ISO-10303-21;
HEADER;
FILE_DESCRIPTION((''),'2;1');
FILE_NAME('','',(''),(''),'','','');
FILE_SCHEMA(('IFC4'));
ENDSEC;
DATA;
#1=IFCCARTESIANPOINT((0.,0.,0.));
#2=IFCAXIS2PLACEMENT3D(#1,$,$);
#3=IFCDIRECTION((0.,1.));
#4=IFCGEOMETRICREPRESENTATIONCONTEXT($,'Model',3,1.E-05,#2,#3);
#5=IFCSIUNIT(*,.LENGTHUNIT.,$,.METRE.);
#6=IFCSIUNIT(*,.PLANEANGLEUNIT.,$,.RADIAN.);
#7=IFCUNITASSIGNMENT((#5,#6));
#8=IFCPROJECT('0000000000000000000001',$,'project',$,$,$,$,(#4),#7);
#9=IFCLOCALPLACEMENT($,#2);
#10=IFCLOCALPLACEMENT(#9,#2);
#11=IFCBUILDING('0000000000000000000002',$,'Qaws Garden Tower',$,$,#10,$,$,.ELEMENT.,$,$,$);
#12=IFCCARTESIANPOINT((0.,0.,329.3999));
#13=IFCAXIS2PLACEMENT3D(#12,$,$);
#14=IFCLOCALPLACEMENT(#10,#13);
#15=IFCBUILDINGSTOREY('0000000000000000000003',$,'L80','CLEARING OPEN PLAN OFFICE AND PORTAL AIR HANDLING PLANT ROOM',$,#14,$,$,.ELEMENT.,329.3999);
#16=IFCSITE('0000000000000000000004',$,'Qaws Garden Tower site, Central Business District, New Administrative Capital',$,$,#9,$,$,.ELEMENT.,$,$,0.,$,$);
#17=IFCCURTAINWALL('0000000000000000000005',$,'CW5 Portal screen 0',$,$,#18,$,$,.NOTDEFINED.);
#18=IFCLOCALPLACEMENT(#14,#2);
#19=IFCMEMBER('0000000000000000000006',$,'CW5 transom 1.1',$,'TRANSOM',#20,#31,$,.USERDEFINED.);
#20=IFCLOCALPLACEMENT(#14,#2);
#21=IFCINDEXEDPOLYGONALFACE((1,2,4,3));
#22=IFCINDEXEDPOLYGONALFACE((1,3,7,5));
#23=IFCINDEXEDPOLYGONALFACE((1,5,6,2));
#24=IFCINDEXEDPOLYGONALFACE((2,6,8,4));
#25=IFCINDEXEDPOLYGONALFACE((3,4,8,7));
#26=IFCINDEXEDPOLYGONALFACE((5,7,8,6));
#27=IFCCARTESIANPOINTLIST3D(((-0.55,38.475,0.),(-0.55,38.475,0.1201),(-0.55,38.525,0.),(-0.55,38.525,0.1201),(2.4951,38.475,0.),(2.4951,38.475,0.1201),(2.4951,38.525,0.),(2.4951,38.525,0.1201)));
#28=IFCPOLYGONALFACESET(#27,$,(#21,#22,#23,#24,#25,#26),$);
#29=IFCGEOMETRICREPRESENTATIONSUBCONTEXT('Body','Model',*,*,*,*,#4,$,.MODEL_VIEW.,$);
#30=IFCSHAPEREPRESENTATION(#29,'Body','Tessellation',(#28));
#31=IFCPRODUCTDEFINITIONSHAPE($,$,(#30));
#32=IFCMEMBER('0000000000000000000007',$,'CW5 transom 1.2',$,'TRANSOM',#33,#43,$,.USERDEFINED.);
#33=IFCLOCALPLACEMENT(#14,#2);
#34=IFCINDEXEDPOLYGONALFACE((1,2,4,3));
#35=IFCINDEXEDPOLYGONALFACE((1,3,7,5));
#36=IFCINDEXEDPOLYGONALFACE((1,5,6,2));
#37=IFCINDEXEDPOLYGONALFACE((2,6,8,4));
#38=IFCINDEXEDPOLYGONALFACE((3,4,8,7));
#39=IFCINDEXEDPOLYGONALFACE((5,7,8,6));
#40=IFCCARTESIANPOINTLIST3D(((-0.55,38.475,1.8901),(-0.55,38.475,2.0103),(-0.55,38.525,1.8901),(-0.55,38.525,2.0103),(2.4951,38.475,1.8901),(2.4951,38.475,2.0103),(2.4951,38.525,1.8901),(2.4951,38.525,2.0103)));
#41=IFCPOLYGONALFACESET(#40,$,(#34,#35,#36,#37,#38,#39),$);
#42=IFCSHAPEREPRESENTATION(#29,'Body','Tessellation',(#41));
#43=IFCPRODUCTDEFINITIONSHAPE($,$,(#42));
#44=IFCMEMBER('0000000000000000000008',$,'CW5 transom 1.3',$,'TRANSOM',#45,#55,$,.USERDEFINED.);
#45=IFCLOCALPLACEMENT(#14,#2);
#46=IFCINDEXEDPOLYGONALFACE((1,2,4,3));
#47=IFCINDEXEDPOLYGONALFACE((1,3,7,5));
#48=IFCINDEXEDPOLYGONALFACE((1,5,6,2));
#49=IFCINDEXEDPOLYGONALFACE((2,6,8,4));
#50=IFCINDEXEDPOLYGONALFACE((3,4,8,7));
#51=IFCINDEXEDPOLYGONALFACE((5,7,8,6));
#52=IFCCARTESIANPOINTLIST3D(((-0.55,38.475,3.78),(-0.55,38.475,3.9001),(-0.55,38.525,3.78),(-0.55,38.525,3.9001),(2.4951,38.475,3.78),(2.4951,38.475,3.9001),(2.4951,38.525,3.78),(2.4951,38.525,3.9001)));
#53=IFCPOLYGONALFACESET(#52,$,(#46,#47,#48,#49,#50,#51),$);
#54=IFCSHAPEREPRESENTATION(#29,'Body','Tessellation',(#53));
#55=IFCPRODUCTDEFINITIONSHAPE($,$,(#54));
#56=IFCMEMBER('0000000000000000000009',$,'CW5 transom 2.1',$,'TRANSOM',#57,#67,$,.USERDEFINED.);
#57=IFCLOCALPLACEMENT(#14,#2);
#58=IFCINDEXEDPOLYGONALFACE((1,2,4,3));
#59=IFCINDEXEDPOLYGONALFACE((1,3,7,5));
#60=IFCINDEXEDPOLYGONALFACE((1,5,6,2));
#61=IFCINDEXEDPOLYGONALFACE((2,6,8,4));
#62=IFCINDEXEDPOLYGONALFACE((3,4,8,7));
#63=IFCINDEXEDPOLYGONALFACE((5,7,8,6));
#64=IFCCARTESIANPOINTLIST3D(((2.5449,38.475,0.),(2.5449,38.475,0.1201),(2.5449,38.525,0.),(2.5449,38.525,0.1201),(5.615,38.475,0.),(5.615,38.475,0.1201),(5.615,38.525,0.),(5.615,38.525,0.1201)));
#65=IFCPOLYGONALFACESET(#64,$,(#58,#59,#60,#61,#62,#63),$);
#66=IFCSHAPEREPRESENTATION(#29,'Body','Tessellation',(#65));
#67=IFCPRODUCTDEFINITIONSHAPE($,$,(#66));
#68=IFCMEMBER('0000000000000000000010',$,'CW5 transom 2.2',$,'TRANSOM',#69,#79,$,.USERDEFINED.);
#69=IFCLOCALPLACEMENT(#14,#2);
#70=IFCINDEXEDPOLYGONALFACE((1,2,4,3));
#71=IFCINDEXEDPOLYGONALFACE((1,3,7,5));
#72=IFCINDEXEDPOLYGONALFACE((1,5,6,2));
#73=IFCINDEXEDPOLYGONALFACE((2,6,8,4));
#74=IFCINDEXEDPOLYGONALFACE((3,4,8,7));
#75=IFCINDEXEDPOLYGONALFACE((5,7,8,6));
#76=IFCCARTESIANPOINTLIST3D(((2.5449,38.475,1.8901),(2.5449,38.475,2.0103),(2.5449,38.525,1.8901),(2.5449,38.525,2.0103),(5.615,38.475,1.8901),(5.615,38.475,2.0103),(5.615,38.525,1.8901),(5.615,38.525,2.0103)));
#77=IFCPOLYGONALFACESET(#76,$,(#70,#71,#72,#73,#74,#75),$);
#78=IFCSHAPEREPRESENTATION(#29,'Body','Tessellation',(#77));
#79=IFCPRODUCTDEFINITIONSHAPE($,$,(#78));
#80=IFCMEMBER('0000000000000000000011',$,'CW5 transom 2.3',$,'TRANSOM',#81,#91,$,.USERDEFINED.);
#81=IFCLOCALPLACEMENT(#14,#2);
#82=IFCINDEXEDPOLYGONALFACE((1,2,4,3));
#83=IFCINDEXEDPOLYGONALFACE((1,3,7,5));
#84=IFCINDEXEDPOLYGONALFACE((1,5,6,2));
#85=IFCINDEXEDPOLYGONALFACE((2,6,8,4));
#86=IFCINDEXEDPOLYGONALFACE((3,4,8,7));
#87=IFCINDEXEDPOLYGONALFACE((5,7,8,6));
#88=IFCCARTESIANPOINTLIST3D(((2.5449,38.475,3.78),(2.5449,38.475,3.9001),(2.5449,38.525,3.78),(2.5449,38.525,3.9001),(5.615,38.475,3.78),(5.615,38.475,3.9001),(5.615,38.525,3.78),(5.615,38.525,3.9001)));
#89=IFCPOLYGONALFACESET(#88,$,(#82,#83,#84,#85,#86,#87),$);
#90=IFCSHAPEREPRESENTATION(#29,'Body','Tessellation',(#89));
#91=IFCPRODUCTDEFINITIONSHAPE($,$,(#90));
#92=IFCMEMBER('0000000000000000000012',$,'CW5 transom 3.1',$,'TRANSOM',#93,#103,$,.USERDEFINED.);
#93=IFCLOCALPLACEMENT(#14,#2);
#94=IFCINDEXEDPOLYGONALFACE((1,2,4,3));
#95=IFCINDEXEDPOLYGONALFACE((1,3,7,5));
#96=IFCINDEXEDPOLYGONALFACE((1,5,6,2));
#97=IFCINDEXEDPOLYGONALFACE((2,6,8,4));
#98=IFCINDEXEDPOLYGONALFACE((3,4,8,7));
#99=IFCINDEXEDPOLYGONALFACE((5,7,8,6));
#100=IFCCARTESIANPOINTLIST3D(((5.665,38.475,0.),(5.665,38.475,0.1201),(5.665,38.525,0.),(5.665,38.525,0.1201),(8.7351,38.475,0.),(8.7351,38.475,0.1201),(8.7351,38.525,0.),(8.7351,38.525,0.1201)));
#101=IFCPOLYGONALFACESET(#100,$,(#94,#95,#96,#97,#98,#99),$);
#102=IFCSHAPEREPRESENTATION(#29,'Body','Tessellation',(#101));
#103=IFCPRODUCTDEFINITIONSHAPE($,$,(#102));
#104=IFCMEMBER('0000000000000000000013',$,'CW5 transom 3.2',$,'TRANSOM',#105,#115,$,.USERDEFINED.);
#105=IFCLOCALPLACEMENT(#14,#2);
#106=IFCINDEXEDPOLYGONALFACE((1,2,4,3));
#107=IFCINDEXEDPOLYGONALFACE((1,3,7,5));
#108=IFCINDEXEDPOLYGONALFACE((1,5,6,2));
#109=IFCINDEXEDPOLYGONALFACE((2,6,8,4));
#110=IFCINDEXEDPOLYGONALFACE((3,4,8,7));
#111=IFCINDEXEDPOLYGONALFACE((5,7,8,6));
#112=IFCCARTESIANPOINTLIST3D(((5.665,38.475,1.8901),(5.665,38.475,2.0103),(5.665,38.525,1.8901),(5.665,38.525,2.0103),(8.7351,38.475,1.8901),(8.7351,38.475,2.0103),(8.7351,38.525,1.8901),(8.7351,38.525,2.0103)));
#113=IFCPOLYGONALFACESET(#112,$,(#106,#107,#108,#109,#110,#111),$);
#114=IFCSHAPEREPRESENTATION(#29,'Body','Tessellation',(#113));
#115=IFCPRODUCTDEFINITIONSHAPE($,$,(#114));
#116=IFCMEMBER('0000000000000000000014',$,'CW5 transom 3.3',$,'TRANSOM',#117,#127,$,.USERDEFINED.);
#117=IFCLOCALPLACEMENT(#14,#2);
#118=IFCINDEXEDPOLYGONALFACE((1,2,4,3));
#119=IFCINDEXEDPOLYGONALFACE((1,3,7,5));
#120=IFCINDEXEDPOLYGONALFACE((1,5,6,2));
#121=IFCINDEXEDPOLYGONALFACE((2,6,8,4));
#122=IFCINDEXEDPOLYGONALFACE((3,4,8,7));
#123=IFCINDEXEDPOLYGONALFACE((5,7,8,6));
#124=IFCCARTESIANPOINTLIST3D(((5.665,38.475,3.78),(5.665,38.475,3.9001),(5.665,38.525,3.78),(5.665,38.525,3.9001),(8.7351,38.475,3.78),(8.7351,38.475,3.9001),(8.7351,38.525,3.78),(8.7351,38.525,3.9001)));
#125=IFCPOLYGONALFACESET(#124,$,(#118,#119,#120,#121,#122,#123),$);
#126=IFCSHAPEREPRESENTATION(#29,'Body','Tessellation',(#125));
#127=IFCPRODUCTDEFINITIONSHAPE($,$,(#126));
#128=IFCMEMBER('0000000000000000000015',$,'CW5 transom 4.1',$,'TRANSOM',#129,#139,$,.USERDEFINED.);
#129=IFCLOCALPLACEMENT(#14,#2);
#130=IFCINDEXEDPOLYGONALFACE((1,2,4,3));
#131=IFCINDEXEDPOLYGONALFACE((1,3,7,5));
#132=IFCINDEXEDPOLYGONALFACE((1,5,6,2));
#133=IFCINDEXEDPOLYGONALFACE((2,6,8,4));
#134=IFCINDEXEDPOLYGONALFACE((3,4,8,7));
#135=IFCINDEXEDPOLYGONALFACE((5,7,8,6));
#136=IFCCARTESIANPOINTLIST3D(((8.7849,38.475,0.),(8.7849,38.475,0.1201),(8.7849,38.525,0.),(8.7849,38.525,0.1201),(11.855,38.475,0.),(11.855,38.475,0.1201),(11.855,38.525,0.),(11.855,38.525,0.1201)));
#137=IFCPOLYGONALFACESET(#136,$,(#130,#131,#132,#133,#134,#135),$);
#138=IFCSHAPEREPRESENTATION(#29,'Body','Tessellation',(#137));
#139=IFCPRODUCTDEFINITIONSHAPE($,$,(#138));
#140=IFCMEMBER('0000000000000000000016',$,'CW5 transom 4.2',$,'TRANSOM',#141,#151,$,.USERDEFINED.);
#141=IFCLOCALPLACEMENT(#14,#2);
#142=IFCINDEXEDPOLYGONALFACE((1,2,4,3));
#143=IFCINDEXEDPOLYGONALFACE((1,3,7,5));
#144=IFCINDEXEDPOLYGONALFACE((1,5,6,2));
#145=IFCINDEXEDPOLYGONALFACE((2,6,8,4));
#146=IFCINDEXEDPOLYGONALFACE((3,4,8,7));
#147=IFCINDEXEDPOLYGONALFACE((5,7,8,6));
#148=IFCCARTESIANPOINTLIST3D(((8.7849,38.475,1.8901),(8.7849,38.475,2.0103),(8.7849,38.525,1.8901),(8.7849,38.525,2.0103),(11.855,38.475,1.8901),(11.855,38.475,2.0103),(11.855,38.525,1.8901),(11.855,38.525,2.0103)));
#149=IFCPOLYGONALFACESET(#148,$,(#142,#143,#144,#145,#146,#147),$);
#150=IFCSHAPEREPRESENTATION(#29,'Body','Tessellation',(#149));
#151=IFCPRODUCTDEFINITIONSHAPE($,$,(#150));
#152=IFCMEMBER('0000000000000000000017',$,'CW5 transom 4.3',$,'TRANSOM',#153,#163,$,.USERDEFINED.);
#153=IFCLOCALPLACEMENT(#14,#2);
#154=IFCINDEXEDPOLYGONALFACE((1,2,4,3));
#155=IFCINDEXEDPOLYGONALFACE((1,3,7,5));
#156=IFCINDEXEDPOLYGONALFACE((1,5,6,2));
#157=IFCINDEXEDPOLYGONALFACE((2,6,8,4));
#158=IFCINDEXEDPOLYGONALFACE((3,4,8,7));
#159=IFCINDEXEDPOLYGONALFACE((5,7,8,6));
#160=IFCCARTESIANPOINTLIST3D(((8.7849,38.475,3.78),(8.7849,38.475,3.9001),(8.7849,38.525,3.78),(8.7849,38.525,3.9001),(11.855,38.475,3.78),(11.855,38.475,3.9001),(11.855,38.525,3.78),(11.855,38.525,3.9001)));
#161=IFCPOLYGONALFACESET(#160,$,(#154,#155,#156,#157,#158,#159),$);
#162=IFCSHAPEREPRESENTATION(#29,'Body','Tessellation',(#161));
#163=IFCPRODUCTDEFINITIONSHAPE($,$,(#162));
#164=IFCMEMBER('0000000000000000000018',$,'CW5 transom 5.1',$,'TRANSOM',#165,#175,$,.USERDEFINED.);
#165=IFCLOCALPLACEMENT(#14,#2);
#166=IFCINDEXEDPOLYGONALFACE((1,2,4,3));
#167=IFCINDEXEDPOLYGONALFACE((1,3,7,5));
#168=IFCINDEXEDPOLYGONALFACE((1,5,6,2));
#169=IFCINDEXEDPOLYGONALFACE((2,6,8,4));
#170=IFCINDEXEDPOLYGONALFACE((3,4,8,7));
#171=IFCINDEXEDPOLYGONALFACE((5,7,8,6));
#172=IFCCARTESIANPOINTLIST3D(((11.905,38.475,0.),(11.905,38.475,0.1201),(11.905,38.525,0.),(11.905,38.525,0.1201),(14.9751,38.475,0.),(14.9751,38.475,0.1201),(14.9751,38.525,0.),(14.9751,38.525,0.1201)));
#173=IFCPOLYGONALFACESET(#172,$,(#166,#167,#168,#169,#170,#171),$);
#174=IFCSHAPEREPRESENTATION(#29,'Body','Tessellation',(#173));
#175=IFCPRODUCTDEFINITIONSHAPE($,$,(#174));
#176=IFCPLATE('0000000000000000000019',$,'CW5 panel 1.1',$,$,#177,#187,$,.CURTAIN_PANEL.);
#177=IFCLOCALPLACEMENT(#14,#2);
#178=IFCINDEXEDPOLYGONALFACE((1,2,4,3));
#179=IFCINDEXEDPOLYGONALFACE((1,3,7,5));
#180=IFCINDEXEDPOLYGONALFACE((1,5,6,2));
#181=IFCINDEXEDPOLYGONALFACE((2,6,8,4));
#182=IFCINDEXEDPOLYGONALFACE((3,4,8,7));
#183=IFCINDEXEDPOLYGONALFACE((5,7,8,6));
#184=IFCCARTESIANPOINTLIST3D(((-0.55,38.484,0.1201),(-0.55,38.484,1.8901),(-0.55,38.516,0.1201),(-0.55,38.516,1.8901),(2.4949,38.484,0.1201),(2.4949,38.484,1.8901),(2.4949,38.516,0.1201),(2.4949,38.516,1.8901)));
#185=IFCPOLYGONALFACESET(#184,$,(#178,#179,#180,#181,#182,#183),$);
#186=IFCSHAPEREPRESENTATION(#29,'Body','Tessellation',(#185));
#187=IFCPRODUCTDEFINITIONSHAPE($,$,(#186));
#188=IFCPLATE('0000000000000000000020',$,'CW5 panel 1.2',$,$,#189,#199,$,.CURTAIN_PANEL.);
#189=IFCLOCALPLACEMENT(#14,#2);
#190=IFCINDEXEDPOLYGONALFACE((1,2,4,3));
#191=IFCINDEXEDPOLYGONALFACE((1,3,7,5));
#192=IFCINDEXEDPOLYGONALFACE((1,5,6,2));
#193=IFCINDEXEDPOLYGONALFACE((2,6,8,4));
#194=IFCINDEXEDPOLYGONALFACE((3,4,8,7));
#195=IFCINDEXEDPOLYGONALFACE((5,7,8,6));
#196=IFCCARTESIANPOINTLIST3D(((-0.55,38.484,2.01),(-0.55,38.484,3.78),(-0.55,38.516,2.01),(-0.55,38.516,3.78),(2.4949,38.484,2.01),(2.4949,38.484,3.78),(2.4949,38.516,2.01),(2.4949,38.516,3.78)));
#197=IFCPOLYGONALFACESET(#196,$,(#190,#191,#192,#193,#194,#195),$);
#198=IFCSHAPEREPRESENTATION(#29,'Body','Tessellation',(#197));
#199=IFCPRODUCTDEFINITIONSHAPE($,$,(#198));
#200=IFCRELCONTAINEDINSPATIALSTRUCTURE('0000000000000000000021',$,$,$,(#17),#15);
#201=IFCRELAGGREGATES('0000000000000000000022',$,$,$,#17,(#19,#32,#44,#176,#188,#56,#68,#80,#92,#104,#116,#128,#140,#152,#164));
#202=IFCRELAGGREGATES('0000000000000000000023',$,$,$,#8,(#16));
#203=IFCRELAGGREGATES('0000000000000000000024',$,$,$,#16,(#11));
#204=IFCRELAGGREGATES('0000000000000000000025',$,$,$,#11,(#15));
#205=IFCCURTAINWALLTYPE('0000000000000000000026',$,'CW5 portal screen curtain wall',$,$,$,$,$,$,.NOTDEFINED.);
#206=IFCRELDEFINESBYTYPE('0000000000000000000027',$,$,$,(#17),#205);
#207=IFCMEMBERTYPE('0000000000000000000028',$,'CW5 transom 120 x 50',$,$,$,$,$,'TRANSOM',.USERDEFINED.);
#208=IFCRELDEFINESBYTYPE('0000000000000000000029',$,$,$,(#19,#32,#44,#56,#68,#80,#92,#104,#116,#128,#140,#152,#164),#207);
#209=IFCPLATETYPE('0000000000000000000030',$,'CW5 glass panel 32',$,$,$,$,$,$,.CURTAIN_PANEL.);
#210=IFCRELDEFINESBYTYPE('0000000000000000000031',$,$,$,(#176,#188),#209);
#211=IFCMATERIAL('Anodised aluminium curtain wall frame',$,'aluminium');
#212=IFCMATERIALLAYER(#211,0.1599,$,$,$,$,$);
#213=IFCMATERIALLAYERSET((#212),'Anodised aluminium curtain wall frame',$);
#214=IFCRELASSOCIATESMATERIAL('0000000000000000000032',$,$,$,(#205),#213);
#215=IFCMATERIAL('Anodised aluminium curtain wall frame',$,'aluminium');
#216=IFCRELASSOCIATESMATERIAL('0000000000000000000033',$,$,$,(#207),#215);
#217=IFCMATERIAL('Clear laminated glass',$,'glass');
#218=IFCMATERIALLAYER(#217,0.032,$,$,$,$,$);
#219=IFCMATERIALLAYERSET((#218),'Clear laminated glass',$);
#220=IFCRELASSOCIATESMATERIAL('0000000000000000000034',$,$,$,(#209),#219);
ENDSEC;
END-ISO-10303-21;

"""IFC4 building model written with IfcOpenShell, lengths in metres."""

from ifc_helpers import new_model, si_unit, direction, frame, origin, origin_2d, place, context, subcontext, project, spatial, rectangle, extrude, material, layer, layer_set, material_profile, profile_set, type_object, element, aggregate, save


model = new_model("IFC4")

# Units and contexts
model_context = context("Model", 3, precision=1e-05, world=origin(), true_north=direction((0.0, 1.0)))
body_context = subcontext(model_context, "Body", "Model", "MODEL_VIEW")
ifc_project = project(units=[si_unit("LENGTHUNIT", "METRE"), si_unit("PLANEANGLEUNIT", "RADIAN")], contexts=[model_context])

# Site, building, storey
site_placement = place(None, origin())
site = spatial("IfcSite", under=ifc_project, at=site_placement, Name="Qaws Garden Tower site, Central Business District, New Administrative Capital", CompositionType="ELEMENT", RefElevation=0.0)
building_placement = place(site_placement, origin())
building = spatial("IfcBuilding", under=site, at=building_placement, Name="Qaws Garden Tower", CompositionType="ELEMENT")
storey_placement = place(building_placement, frame((0.0, 0.0, 329.3999)))
storey = spatial("IfcBuildingStorey", under=building, at=storey_placement, Name="L80", Description="CLEARING OPEN PLAN OFFICE AND PORTAL AIR HANDLING PLANT ROOM", CompositionType="ELEMENT", Elevation=329.3999)

# Curtain wall, members, plates
ifc_material_1 = material(Name="Anodised aluminium curtain wall frame", Category="aluminium")
ifc_layer_1 = layer(ifc_material_1, 0.1599)
ifc_layer_set_1 = layer_set([ifc_layer_1], Name="Anodised aluminium curtain wall frame")
curtain_wall_type = type_object("IfcCurtainWallType", Name="CW5 portal screen curtain wall", PredefinedType="NOTDEFINED", material=ifc_layer_set_1)
curtain_wall_placement = place(storey_placement, origin())
curtain_wall = element("IfcCurtainWall", 1, at=curtain_wall_placement, inside=storey, type_object=curtain_wall_type, Name="CW5 Portal screen 0", PredefinedType="NOTDEFINED")
ifc_material_2 = material(Name="Anodised aluminium curtain wall frame", Category="aluminium")
ifc_material_profile = material_profile(ifc_material_2, rectangle(XDim=0.05, YDim=0.1201, at=origin_2d()), Name="AL 50x120")
ifc_profile_set = profile_set([ifc_material_profile], Name="Anodised aluminium curtain wall frame")
member_type = type_object("IfcMemberType", Name="CW5 transom 120 x 50", ElementType="TRANSOM", PredefinedType="USERDEFINED", material=ifc_profile_set)
member_1_placement = place(storey_placement, frame((-0.55, 38.5, 0.0601), z_axis=(1.0, 0.0, 0.0), x_axis=(0.0, 1.0, 0.0)))
member_1 = element("IfcMember", 2, at=member_1_placement, type_object=member_type, Name="CW5 transom 1.1", ObjectType="TRANSOM", PredefinedType="USERDEFINED", context=body_context, shape_type="SweptSolid", body=[
    extrude(rectangle(XDim=0.05, YDim=0.1201, at=origin_2d()), origin(), (0.0, 0.0, 1.0), 3.0452),
])
member_2_placement = place(storey_placement, frame((-0.55, 38.5, 1.9502), z_axis=(1.0, 0.0, 0.0), x_axis=(0.0, 1.0, 0.0)))
member_2 = element("IfcMember", 3, at=member_2_placement, type_object=member_type, Name="CW5 transom 1.2", ObjectType="TRANSOM", PredefinedType="USERDEFINED", context=body_context, shape_type="SweptSolid", body=[
    extrude(rectangle(XDim=0.05, YDim=0.1201, at=origin_2d()), origin(), (0.0, 0.0, 1.0), 3.0452),
])
member_3_placement = place(storey_placement, frame((-0.55, 38.5, 3.8401), z_axis=(1.0, 0.0, 0.0), x_axis=(0.0, 1.0, 0.0)))
member_3 = element("IfcMember", 4, at=member_3_placement, type_object=member_type, Name="CW5 transom 1.3", ObjectType="TRANSOM", PredefinedType="USERDEFINED", context=body_context, shape_type="SweptSolid", body=[
    extrude(rectangle(XDim=0.05, YDim=0.1201, at=origin_2d()), origin(), (0.0, 0.0, 1.0), 3.0452),
])
member_4_placement = place(storey_placement, frame((2.5449, 38.5, 0.0601), z_axis=(1.0, 0.0, 0.0), x_axis=(0.0, 1.0, 0.0)))
member_4 = element("IfcMember", 5, at=member_4_placement, type_object=member_type, Name="CW5 transom 2.1", ObjectType="TRANSOM", PredefinedType="USERDEFINED", context=body_context, shape_type="SweptSolid", body=[
    extrude(rectangle(XDim=0.05, YDim=0.1201, at=origin_2d()), origin(), (0.0, 0.0, 1.0), 3.0701),
])
member_5_placement = place(storey_placement, frame((2.5449, 38.5, 1.9502), z_axis=(1.0, 0.0, 0.0), x_axis=(0.0, 1.0, 0.0)))
member_5 = element("IfcMember", 6, at=member_5_placement, type_object=member_type, Name="CW5 transom 2.2", ObjectType="TRANSOM", PredefinedType="USERDEFINED", context=body_context, shape_type="SweptSolid", body=[
    extrude(rectangle(XDim=0.05, YDim=0.1201, at=origin_2d()), origin(), (0.0, 0.0, 1.0), 3.0701),
])
member_6_placement = place(storey_placement, frame((2.5449, 38.5, 3.8401), z_axis=(1.0, 0.0, 0.0), x_axis=(0.0, 1.0, 0.0)))
member_6 = element("IfcMember", 7, at=member_6_placement, type_object=member_type, Name="CW5 transom 2.3", ObjectType="TRANSOM", PredefinedType="USERDEFINED", context=body_context, shape_type="SweptSolid", body=[
    extrude(rectangle(XDim=0.05, YDim=0.1201, at=origin_2d()), origin(), (0.0, 0.0, 1.0), 3.0701),
])
member_7_placement = place(storey_placement, frame((5.665, 38.5, 0.0601), z_axis=(1.0, 0.0, 0.0), x_axis=(0.0, 1.0, 0.0)))
member_7 = element("IfcMember", 8, at=member_7_placement, type_object=member_type, Name="CW5 transom 3.1", ObjectType="TRANSOM", PredefinedType="USERDEFINED", context=body_context, shape_type="SweptSolid", body=[
    extrude(rectangle(XDim=0.05, YDim=0.1201, at=origin_2d()), origin(), (0.0, 0.0, 1.0), 3.0701),
])
member_8_placement = place(storey_placement, frame((5.665, 38.5, 1.9502), z_axis=(1.0, 0.0, 0.0), x_axis=(0.0, 1.0, 0.0)))
member_8 = element("IfcMember", 9, at=member_8_placement, type_object=member_type, Name="CW5 transom 3.2", ObjectType="TRANSOM", PredefinedType="USERDEFINED", context=body_context, shape_type="SweptSolid", body=[
    extrude(rectangle(XDim=0.05, YDim=0.1201, at=origin_2d()), origin(), (0.0, 0.0, 1.0), 3.0701),
])
member_9_placement = place(storey_placement, frame((5.665, 38.5, 3.8401), z_axis=(1.0, 0.0, 0.0), x_axis=(0.0, 1.0, 0.0)))
member_9 = element("IfcMember", 10, at=member_9_placement, type_object=member_type, Name="CW5 transom 3.3", ObjectType="TRANSOM", PredefinedType="USERDEFINED", context=body_context, shape_type="SweptSolid", body=[
    extrude(rectangle(XDim=0.05, YDim=0.1201, at=origin_2d()), origin(), (0.0, 0.0, 1.0), 3.0701),
])
member_10_placement = place(storey_placement, frame((8.7849, 38.5, 0.0601), z_axis=(1.0, 0.0, 0.0), x_axis=(0.0, 1.0, 0.0)))
member_10 = element("IfcMember", 11, at=member_10_placement, type_object=member_type, Name="CW5 transom 4.1", ObjectType="TRANSOM", PredefinedType="USERDEFINED", context=body_context, shape_type="SweptSolid", body=[
    extrude(rectangle(XDim=0.05, YDim=0.1201, at=origin_2d()), origin(), (0.0, 0.0, 1.0), 3.0701),
])
member_11_placement = place(storey_placement, frame((8.7849, 38.5, 1.9502), z_axis=(1.0, 0.0, 0.0), x_axis=(0.0, 1.0, 0.0)))
member_11 = element("IfcMember", 12, at=member_11_placement, type_object=member_type, Name="CW5 transom 4.2", ObjectType="TRANSOM", PredefinedType="USERDEFINED", context=body_context, shape_type="SweptSolid", body=[
    extrude(rectangle(XDim=0.05, YDim=0.1201, at=origin_2d()), origin(), (0.0, 0.0, 1.0), 3.0701),
])
member_12_placement = place(storey_placement, frame((8.7849, 38.5, 3.8401), z_axis=(1.0, 0.0, 0.0), x_axis=(0.0, 1.0, 0.0)))
member_12 = element("IfcMember", 13, at=member_12_placement, type_object=member_type, Name="CW5 transom 4.3", ObjectType="TRANSOM", PredefinedType="USERDEFINED", context=body_context, shape_type="SweptSolid", body=[
    extrude(rectangle(XDim=0.05, YDim=0.1201, at=origin_2d()), origin(), (0.0, 0.0, 1.0), 3.0701),
])
member_13_placement = place(storey_placement, frame((11.905, 38.5, 0.0601), z_axis=(1.0, 0.0, 0.0), x_axis=(0.0, 1.0, 0.0)))
member_13 = element("IfcMember", 14, at=member_13_placement, type_object=member_type, Name="CW5 transom 5.1", ObjectType="TRANSOM", PredefinedType="USERDEFINED", context=body_context, shape_type="SweptSolid", body=[
    extrude(rectangle(XDim=0.05, YDim=0.1201, at=origin_2d()), origin(), (0.0, 0.0, 1.0), 3.0701),
])
ifc_material_3 = material(Name="Clear laminated glass", Category="glass")
ifc_layer_2 = layer(ifc_material_3, 0.032)
ifc_layer_set_2 = layer_set([ifc_layer_2], Name="Clear laminated glass")
plate_type = type_object("IfcPlateType", Name="CW5 glass panel 32", PredefinedType="CURTAIN_PANEL", material=ifc_layer_set_2)
plate_1_placement = place(storey_placement, frame((0.9724, 38.5, 0.1201), z_axis=(0.0, 0.0, 1.0), x_axis=(1.0, 0.0, 0.0)))
plate_1 = element("IfcPlate", 15, at=plate_1_placement, type_object=plate_type, Name="CW5 panel 1.1", PredefinedType="CURTAIN_PANEL", context=body_context, shape_type="SweptSolid", body=[
    extrude(rectangle(XDim=3.0449, YDim=0.032, at=origin_2d()), origin(), (0.0, 0.0, 1.0), 1.77),
])
plate_2_placement = place(storey_placement, frame((0.9724, 38.5, 2.01), z_axis=(0.0, 0.0, 1.0), x_axis=(1.0, 0.0, 0.0)))
plate_2 = element("IfcPlate", 16, at=plate_2_placement, type_object=plate_type, Name="CW5 panel 1.2", PredefinedType="CURTAIN_PANEL", context=body_context, shape_type="SweptSolid", body=[
    extrude(rectangle(XDim=3.0449, YDim=0.032, at=origin_2d()), origin(), (0.0, 0.0, 1.0), 1.77),
])
aggregate(curtain_wall, [member_1, member_2, member_3, plate_1, plate_2, member_4, member_5, member_6, member_7, member_8, member_9, member_10, member_11, member_12, member_13])

save(model, "model.ifc")
